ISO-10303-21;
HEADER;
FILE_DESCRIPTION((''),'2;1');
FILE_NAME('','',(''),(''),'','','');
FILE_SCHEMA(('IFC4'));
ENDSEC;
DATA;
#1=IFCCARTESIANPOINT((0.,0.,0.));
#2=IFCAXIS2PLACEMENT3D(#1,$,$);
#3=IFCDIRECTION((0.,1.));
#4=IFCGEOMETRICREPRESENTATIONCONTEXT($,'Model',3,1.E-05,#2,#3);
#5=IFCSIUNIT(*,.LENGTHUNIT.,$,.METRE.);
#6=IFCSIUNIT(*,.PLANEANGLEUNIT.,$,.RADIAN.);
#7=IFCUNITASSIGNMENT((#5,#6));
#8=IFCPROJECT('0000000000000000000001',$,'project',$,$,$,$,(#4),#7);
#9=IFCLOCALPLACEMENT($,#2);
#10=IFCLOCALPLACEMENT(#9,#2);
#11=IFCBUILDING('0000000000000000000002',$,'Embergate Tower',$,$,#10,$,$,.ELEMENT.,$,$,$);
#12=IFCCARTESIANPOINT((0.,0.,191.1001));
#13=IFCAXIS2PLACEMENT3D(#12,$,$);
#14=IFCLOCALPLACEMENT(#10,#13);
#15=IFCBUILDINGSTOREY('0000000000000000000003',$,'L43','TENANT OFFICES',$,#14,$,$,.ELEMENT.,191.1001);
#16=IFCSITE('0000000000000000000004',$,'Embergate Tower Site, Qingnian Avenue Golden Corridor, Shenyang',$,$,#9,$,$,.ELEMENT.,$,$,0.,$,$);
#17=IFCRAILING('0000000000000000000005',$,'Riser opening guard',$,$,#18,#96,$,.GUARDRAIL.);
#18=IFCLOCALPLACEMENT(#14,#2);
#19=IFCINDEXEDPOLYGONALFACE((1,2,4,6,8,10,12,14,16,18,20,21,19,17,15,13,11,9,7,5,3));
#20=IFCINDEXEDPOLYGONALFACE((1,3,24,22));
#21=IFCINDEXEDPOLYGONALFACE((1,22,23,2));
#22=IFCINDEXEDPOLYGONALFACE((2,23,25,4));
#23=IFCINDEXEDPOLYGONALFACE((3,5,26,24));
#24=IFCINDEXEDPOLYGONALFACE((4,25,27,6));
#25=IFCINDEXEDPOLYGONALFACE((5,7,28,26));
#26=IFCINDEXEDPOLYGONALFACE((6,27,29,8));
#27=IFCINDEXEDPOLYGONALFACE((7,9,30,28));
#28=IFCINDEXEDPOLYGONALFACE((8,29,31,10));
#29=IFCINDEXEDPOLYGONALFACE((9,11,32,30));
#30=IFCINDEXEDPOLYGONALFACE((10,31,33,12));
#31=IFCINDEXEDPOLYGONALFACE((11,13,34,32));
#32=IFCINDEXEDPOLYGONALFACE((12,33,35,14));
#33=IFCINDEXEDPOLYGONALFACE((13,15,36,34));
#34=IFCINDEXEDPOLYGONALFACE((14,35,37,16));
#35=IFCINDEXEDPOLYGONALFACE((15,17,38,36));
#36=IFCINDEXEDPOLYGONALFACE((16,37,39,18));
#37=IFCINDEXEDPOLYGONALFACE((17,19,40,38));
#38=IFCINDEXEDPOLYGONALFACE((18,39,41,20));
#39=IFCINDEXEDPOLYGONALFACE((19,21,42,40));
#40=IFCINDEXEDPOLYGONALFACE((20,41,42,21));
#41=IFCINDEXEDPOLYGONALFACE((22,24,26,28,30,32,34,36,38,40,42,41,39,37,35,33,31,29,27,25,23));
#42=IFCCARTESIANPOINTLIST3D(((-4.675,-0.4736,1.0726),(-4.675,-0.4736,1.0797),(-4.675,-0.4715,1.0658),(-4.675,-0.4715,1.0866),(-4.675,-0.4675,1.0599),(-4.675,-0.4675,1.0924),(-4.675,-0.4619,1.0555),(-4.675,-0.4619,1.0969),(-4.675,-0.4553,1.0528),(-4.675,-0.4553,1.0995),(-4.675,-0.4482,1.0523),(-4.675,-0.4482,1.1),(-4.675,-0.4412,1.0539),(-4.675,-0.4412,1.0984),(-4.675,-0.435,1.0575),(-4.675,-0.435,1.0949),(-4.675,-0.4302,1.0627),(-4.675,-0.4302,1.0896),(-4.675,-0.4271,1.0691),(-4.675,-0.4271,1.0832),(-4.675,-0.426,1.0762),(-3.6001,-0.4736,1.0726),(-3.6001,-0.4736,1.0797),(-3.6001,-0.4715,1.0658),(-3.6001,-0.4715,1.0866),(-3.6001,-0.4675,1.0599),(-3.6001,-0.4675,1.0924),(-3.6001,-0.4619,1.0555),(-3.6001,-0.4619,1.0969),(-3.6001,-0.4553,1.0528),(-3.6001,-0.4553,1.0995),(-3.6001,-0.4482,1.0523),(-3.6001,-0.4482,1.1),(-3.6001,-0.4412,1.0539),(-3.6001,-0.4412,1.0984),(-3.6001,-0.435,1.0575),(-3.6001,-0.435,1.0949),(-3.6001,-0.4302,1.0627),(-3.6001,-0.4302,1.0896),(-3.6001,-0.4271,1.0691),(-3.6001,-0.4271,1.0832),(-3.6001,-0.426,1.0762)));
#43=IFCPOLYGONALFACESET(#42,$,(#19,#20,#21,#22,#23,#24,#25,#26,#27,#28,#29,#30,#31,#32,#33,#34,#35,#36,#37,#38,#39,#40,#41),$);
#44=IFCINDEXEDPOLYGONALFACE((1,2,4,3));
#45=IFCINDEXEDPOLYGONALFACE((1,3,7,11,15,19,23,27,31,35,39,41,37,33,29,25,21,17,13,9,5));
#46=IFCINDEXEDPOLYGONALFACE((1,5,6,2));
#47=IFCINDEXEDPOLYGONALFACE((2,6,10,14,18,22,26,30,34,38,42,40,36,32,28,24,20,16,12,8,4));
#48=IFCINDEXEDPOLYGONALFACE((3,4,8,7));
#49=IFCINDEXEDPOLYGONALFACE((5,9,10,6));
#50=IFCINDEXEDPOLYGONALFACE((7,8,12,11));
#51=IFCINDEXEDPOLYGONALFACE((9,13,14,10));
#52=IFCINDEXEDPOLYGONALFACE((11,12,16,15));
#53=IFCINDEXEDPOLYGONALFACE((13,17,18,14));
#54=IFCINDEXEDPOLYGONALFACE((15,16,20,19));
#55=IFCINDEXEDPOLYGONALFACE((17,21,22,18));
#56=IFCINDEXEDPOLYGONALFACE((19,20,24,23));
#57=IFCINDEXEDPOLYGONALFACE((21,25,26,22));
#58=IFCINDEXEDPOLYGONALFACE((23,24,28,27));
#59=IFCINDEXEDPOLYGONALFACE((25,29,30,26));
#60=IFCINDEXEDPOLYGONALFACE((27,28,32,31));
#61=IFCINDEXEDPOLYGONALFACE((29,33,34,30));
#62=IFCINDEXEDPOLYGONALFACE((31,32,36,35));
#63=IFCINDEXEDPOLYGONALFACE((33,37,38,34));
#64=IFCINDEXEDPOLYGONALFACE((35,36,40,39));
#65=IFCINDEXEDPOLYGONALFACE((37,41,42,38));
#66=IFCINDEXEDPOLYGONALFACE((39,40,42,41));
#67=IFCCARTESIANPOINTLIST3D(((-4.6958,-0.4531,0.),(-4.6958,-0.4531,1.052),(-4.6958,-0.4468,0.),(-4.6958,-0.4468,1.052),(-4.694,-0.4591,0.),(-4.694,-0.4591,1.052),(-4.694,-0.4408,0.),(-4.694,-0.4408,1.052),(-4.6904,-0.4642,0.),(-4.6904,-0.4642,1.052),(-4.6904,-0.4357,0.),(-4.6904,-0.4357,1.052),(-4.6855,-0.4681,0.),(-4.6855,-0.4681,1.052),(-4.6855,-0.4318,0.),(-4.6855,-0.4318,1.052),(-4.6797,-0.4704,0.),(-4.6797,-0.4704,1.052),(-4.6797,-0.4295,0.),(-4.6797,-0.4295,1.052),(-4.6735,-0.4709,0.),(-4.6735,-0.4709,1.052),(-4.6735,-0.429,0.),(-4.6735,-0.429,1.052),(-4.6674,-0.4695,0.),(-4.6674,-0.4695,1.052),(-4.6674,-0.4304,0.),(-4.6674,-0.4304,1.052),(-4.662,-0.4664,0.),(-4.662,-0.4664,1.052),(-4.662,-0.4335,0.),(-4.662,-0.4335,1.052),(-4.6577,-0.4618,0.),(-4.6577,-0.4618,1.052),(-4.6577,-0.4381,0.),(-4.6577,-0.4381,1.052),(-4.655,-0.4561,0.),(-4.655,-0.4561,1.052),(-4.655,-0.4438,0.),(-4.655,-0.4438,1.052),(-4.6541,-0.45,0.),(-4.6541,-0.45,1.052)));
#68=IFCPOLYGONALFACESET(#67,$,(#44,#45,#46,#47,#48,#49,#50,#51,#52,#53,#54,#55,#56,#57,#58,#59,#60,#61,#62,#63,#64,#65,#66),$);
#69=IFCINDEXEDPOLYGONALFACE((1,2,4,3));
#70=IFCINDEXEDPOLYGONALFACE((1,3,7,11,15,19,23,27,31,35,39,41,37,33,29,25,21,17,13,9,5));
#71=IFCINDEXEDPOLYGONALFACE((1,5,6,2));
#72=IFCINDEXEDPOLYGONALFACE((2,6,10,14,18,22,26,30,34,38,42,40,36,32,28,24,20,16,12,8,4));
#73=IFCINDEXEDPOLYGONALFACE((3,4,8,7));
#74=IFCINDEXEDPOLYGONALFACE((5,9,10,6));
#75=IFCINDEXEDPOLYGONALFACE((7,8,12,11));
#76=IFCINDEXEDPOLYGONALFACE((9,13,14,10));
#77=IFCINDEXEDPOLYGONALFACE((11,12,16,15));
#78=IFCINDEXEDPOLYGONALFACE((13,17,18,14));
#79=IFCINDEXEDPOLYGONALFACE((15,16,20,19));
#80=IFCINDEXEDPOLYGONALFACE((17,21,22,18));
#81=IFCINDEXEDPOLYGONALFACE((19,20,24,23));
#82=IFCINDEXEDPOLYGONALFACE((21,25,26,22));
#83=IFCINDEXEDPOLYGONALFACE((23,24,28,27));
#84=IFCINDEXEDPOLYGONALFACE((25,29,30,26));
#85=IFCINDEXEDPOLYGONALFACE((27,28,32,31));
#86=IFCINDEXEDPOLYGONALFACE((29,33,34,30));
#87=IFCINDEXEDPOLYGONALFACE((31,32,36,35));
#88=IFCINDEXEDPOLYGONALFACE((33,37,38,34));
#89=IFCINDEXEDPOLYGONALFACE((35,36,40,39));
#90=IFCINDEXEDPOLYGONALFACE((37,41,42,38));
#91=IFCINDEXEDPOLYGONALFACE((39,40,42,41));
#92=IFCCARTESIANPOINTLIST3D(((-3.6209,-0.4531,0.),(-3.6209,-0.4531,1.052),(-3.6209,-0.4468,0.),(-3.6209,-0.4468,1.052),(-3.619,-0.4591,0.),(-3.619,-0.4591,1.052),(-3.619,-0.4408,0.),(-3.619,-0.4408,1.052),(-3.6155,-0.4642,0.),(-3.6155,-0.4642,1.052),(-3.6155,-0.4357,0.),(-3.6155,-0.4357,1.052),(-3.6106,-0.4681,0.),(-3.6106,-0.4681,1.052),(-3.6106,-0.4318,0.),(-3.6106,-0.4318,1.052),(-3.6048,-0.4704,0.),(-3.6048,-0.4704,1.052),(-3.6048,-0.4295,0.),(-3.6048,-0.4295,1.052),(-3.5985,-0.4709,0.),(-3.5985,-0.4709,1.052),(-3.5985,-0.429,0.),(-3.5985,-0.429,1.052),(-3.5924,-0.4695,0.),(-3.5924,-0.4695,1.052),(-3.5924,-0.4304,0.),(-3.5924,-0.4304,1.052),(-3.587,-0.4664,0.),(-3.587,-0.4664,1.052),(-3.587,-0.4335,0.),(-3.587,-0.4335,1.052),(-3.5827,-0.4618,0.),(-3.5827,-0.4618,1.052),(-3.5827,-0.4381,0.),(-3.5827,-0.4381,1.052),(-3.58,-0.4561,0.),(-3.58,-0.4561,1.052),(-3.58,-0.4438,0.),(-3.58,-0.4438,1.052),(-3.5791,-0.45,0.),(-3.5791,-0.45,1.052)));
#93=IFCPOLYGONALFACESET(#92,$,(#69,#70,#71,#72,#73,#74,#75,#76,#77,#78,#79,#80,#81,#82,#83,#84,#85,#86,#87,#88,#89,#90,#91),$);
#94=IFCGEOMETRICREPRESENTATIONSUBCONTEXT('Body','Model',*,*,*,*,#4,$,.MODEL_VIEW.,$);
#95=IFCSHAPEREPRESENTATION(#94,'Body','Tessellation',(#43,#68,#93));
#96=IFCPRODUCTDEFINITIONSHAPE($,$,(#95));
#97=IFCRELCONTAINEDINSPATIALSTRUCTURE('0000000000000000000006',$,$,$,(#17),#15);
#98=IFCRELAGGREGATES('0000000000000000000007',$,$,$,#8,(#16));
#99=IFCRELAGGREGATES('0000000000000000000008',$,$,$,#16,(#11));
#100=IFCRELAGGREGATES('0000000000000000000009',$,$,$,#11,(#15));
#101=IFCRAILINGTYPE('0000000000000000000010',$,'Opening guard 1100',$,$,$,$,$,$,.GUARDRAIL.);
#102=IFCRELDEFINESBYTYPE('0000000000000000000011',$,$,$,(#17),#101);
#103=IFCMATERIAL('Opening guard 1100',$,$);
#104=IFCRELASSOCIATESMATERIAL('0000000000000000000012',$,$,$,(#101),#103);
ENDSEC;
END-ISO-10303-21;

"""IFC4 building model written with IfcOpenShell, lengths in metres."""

from ifc_helpers import new_model, si_unit, direction, frame, origin, origin_2d, place, context, subcontext, project, spatial, circle, extrude, source, transform, mapped, material, type_object, element, save


model = new_model("IFC4")

# Units and contexts
model_context = context("Model", 3, precision=1e-05, world=origin(), true_north=direction((0.0, 1.0)))
body_context = subcontext(model_context, "Body", "Model", "MODEL_VIEW")
ifc_project = project(units=[si_unit("LENGTHUNIT", "METRE"), si_unit("PLANEANGLEUNIT", "RADIAN")], contexts=[model_context])

# Site, building, storey
site_placement = place(None, origin())
site = spatial("IfcSite", under=ifc_project, at=site_placement, Name="Embergate Tower Site, Qingnian Avenue Golden Corridor, Shenyang", CompositionType="ELEMENT", RefElevation=0.0)
building_placement = place(site_placement, origin())
building = spatial("IfcBuilding", under=site, at=building_placement, Name="Embergate Tower", CompositionType="ELEMENT")
storey_placement = place(building_placement, frame((0.0, 0.0, 191.1001)))
storey = spatial("IfcBuildingStorey", under=building, at=storey_placement, Name="L43", Description="TENANT OFFICES", CompositionType="ELEMENT", Elevation=191.1001)

# Railing
ifc_material_1 = material(Name="Opening guard 1100")
railing_type_1 = type_object("IfcRailingType", Name="Opening guard 1100", PredefinedType="GUARDRAIL", material=ifc_material_1)
shared_shape_1 = source(origin(), body_context, "Body", "SweptSolid", [
    extrude(circle(Radius=0.0239, at=origin_2d()), frame((0.0, 0.0, 1.0762), z_axis=(1.0, 0.0, 0.0), x_axis=(0.0, 1.0, 0.0)), (0.0, 0.0, 1.0), 1.075),
    extrude(circle(Radius=0.021, at=origin_2d()), origin(), (0.0, 0.0, 1.0), 1.052),
    extrude(circle(Radius=0.021, at=origin_2d()), frame((1.075, 0.0, 0.0)), (0.0, 0.0, 1.0), 1.052),
])
railing_1_placement = place(storey_placement, frame((-4.675, -0.45, 0.0)))
element("IfcRailing", 1, at=railing_1_placement, inside=storey, type_object=railing_type_1, Name="Riser opening guard", PredefinedType="GUARDRAIL", context=body_context, shape_type="MappedRepresentation", body=[
    mapped(shared_shape_1, transform((0.0, 0.0, 0.0))),
])

save(model, "model.ifc")
